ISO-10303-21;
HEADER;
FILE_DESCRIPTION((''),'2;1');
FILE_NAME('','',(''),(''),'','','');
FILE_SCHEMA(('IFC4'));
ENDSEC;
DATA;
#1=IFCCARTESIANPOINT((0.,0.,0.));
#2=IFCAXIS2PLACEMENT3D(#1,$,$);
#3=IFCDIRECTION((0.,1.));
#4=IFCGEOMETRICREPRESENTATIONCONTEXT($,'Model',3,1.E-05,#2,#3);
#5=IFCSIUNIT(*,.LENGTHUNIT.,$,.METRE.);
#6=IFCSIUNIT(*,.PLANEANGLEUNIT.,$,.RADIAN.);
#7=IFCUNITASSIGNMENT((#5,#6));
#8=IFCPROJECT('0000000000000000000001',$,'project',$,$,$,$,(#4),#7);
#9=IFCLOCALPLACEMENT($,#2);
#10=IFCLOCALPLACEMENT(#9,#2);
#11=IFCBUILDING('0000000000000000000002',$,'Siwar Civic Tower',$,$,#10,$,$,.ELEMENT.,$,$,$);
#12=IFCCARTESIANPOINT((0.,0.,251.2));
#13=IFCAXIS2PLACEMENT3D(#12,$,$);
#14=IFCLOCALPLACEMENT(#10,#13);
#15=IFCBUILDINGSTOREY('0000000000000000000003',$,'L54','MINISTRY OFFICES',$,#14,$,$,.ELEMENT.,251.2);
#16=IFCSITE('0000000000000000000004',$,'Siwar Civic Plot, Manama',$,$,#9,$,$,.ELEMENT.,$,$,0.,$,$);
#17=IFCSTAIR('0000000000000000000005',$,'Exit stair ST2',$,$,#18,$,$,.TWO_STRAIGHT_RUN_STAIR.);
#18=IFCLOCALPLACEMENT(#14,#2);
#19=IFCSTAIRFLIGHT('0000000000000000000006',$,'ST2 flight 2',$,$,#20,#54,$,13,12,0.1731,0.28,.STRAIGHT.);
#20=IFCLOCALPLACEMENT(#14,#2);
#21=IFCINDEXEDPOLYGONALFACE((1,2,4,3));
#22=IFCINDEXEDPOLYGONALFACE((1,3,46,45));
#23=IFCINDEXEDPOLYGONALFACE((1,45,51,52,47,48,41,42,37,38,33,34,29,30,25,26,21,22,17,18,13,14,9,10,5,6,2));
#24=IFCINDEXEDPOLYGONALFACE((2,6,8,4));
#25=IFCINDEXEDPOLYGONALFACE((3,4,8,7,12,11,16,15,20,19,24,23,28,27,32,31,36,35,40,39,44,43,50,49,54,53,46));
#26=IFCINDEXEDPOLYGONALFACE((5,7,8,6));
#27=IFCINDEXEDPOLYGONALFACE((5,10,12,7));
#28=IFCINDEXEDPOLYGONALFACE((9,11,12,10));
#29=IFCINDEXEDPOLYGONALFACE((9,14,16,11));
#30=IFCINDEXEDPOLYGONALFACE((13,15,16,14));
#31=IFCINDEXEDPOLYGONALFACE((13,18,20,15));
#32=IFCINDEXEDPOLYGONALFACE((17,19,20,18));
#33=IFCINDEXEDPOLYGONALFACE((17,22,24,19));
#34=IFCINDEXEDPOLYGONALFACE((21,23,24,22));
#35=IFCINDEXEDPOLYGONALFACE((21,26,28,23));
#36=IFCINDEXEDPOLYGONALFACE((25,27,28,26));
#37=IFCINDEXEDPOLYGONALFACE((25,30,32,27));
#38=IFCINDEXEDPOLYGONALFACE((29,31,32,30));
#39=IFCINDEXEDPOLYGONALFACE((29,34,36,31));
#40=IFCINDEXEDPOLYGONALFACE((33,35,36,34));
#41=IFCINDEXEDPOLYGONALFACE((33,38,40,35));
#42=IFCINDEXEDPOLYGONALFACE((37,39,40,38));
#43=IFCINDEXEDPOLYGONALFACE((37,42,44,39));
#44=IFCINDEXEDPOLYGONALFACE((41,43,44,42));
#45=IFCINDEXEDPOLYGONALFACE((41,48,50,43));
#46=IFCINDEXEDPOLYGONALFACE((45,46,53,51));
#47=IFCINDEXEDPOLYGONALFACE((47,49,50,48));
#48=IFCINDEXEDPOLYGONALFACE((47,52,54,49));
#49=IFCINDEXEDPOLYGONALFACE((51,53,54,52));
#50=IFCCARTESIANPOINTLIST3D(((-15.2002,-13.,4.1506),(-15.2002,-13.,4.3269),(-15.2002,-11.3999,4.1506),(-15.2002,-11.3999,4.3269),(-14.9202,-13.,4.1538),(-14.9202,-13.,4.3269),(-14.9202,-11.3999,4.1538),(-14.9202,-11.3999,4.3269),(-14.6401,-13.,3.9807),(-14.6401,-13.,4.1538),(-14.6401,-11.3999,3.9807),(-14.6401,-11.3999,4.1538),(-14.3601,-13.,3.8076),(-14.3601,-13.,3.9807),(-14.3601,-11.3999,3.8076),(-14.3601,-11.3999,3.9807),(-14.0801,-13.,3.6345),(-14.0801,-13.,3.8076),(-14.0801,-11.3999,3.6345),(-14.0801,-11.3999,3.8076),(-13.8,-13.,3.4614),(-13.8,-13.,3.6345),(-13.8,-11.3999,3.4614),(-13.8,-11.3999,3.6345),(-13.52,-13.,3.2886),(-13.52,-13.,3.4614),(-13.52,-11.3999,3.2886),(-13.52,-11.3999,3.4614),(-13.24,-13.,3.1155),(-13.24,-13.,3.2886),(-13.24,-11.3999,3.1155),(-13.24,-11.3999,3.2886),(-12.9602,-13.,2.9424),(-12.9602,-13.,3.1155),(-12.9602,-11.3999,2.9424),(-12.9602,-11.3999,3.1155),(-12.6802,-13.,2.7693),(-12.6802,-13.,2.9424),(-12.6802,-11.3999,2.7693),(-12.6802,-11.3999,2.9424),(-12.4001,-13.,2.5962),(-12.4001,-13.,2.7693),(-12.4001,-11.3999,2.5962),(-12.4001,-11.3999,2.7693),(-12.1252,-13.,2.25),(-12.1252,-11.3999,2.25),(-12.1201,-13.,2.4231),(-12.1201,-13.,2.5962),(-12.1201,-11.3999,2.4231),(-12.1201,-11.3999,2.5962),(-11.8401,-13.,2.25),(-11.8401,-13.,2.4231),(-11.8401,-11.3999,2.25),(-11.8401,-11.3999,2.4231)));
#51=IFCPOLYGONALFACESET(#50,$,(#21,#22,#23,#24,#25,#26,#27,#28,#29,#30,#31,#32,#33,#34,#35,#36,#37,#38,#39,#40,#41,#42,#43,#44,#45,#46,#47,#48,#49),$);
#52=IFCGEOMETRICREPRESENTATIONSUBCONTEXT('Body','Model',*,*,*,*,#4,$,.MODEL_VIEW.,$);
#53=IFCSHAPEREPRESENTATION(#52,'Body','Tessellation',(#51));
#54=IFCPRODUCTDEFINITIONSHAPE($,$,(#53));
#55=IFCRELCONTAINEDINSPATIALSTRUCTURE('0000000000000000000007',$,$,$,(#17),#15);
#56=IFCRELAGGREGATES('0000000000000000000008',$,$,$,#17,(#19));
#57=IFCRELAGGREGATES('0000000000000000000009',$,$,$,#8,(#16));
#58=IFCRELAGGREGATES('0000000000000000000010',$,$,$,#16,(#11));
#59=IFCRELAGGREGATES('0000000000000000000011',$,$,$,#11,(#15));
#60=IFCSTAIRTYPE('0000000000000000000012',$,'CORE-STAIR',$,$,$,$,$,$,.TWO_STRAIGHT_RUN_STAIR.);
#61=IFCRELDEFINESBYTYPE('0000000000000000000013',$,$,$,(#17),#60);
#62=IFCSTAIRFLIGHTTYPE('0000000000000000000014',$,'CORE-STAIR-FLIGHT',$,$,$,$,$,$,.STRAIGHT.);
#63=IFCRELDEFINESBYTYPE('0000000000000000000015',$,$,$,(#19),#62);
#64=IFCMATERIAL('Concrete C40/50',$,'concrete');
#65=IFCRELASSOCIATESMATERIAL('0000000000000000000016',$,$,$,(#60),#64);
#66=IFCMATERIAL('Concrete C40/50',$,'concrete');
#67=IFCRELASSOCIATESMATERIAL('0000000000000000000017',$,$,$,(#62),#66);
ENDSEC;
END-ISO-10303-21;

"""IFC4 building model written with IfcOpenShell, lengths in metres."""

from ifc_helpers import new_model, si_unit, direction, frame, origin, place, context, subcontext, project, spatial, polyline, outline, extrude, material, type_object, element, aggregate, save


model = new_model("IFC4")

# Units and contexts
model_context = context("Model", 3, precision=1e-05, world=origin(), true_north=direction((0.0, 1.0)))
body_context = subcontext(model_context, "Body", "Model", "MODEL_VIEW")
ifc_project = project(units=[si_unit("LENGTHUNIT", "METRE"), si_unit("PLANEANGLEUNIT", "RADIAN")], contexts=[model_context])

# Site, building, storey
site_placement = place(None, origin())
site = spatial("IfcSite", under=ifc_project, at=site_placement, Name="Siwar Civic Plot, Manama", CompositionType="ELEMENT", RefElevation=0.0)
building_placement = place(site_placement, origin())
building = spatial("IfcBuilding", under=site, at=building_placement, Name="Siwar Civic Tower", CompositionType="ELEMENT")
storey_placement = place(building_placement, frame((0.0, 0.0, 251.2)))
storey = spatial("IfcBuildingStorey", under=building, at=storey_placement, Name="L54", Description="MINISTRY OFFICES", CompositionType="ELEMENT", Elevation=251.2)

# Stair, stair flight
ifc_material_1 = material(Name="Concrete C40/50", Category="concrete")
stair_type = type_object("IfcStairType", Name="CORE-STAIR", PredefinedType="TWO_STRAIGHT_RUN_STAIR", material=ifc_material_1)
stair_placement = place(storey_placement, origin())
stair = element("IfcStair", 1, at=stair_placement, inside=storey, type_object=stair_type, Name="Exit stair ST2", PredefinedType="TWO_STRAIGHT_RUN_STAIR")
ifc_material_2 = material(Name="Concrete C40/50", Category="concrete")
stair_flight_type = type_object("IfcStairFlightType", Name="CORE-STAIR-FLIGHT", PredefinedType="STRAIGHT", material=ifc_material_2)
stair_flight_1_placement = place(storey_placement, frame((-11.8401, -12.2, 2.25), z_axis=(0.0, 0.0, 1.0), x_axis=(-1.0, 0.0, 0.0)))
stair_flight_1 = element("IfcStairFlight", 2, at=stair_flight_1_placement, type_object=stair_flight_type, Name="ST2 flight 2", NumberOfRisers=13, NumberOfTreads=12, PredefinedType="STRAIGHT", RiserHeight=0.1731, TreadLength=0.28, context=body_context, shape_type="SweptSolid", body=[
    extrude(outline(polyline([(0.0, 0.0), (0.0, 0.1731), (0.28, 0.1731), (0.28, 0.3462), (0.5601, 0.3462), (0.5601, 0.5193), (0.8401, 0.5193), (0.8401, 0.6924), (1.1201, 0.6924), (1.1201, 0.8655), (1.3999, 0.8655), (1.3999, 1.0386), (1.6799, 1.0386), (1.6799, 1.2114), (1.96, 1.2114), (1.96, 1.3845), (2.24, 1.3845), (2.24, 1.5576), (2.52, 1.5576), (2.52, 1.7307), (2.8, 1.7307), (2.8, 1.9038), (3.0801, 1.9038), (3.0801, 2.0769), (3.3601, 2.0769), (3.3601, 2.25), (3.3601, 1.9006), (0.2852, 0.0), (0.0, 0.0)])), frame((0.0, 0.8, 0.0), z_axis=(0.0, -1.0, 0.0), x_axis=(1.0, 0.0, 0.0)), (0.0, 0.0, 1.0), 1.6001),
])
aggregate(stair, [stair_flight_1])

save(model, "model.ifc")
